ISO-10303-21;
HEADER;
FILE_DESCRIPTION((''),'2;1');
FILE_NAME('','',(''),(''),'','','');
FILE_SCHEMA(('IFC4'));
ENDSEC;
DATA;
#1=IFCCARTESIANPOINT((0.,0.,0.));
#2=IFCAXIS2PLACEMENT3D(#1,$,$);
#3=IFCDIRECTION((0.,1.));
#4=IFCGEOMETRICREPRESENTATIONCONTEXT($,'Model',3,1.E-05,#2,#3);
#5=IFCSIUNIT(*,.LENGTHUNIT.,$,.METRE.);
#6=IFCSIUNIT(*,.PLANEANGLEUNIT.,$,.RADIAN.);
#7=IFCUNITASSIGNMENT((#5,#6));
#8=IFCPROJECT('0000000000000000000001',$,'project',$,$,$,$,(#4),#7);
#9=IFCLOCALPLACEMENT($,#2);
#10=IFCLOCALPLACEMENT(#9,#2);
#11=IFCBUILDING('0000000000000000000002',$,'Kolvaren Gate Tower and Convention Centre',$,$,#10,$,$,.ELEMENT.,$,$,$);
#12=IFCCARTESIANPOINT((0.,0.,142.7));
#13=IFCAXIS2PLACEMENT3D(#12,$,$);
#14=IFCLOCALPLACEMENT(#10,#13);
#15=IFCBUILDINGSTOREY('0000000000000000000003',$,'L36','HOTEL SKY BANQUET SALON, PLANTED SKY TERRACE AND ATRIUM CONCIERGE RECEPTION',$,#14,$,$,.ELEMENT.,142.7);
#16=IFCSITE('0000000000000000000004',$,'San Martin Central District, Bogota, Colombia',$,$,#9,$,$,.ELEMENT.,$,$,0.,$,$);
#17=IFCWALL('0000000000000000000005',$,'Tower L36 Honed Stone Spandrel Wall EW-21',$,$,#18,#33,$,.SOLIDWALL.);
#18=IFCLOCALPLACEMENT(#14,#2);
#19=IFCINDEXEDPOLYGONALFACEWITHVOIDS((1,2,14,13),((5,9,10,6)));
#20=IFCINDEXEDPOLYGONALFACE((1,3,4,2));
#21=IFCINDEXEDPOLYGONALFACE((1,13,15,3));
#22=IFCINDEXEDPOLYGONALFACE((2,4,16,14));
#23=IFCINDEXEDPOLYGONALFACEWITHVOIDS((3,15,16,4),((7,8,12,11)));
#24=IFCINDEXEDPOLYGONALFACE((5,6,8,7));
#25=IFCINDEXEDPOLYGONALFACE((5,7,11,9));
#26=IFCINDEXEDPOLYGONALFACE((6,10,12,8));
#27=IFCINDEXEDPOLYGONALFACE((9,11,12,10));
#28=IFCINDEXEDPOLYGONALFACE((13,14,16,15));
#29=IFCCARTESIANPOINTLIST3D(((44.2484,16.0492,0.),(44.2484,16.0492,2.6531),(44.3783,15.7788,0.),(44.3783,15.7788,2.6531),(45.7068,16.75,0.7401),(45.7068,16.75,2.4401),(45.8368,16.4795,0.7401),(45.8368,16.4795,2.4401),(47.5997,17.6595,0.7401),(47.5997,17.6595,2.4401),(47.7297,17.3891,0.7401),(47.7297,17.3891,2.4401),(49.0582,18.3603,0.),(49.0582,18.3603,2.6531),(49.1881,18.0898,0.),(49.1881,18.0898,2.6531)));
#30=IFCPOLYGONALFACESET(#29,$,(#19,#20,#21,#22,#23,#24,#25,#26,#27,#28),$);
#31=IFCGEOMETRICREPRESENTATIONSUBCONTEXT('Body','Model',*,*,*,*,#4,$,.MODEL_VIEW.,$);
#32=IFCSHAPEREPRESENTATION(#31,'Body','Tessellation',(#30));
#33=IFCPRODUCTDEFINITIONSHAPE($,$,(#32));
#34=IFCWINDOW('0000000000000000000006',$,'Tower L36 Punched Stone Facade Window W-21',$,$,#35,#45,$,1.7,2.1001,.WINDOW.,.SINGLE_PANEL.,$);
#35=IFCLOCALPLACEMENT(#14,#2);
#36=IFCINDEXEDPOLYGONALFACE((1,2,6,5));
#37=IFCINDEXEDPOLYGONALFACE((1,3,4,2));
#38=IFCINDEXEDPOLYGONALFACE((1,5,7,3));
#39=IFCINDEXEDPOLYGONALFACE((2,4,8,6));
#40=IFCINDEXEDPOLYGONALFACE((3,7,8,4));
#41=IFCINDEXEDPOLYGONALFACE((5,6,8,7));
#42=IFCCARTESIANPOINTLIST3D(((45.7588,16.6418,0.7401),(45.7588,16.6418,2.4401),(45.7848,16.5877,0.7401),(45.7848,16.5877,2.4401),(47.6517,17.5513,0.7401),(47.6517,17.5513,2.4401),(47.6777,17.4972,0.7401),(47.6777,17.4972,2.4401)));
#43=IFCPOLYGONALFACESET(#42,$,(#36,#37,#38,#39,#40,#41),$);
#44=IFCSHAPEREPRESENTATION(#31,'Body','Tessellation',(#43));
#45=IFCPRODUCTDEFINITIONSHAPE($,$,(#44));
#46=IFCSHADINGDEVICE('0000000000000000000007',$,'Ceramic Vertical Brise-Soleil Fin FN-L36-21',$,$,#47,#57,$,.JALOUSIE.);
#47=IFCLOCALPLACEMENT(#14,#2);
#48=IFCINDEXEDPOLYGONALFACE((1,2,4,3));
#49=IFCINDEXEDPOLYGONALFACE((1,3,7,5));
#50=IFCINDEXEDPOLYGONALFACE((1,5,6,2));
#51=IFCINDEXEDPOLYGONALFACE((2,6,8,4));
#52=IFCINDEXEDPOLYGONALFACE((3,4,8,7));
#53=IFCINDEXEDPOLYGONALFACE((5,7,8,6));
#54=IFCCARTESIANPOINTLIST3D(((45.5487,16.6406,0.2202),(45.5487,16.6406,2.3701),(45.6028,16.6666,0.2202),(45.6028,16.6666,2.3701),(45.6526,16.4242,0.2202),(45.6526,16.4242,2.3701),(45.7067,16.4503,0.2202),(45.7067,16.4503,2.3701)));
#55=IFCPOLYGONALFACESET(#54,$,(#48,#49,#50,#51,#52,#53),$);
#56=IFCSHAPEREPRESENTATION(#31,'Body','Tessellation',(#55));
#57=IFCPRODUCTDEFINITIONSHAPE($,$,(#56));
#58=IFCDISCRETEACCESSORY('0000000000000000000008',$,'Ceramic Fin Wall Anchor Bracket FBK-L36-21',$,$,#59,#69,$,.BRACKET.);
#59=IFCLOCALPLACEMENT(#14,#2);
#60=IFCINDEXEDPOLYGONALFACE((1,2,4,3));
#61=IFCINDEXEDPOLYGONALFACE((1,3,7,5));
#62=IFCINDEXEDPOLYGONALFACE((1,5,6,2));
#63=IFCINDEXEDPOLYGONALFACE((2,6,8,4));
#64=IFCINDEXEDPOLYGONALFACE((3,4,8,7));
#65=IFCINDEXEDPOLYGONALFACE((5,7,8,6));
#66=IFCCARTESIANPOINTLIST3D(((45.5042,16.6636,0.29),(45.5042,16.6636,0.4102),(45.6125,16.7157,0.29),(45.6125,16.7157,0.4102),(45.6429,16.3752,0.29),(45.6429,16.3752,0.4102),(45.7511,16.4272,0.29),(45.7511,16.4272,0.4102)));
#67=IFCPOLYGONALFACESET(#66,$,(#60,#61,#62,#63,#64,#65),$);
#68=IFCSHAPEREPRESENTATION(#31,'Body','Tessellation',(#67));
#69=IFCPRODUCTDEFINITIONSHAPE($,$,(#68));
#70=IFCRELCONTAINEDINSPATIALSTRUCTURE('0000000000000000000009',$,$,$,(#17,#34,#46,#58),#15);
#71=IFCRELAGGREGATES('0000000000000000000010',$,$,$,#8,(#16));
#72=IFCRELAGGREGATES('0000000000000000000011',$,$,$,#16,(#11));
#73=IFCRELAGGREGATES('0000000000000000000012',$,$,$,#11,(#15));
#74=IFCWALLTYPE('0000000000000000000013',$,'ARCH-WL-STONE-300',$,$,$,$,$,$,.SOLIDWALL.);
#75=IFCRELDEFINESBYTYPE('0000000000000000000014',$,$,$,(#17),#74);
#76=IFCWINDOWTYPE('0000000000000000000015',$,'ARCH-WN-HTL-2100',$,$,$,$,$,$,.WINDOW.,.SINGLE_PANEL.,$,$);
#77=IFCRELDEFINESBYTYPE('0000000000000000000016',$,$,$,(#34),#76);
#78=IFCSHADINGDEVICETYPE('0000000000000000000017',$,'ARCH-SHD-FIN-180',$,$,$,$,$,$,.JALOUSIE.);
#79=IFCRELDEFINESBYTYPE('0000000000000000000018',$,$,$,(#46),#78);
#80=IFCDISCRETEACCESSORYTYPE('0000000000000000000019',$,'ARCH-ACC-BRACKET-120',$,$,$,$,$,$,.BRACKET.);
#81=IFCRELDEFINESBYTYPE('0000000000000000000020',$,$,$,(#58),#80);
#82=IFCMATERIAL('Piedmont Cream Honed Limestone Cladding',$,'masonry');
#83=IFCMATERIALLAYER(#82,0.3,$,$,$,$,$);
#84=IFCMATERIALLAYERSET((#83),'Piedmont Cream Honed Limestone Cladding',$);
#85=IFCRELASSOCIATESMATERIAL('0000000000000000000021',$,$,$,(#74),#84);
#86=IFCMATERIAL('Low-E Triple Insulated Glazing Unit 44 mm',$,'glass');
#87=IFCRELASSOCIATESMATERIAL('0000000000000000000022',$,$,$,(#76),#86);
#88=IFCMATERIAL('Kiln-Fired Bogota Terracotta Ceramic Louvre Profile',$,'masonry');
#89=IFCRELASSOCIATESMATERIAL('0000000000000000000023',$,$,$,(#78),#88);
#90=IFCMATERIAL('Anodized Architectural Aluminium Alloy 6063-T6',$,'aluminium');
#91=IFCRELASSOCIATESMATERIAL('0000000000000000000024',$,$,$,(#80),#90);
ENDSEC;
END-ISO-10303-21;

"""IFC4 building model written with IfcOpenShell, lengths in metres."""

from ifc_helpers import new_model, si_unit, direction, frame, frame_2d, origin, origin_2d, place, context, subcontext, project, spatial, rectangle, extrude, material, layer, layer_set, type_object, element, fill, save


model = new_model("IFC4")

# Units and contexts
model_context = context("Model", 3, precision=1e-05, world=origin(), true_north=direction((0.0, 1.0)))
body_context = subcontext(model_context, "Body", "Model", "MODEL_VIEW")
ifc_project = project(units=[si_unit("LENGTHUNIT", "METRE"), si_unit("PLANEANGLEUNIT", "RADIAN")], contexts=[model_context])

# Site, building, storey
site_placement = place(None, origin())
site = spatial("IfcSite", under=ifc_project, at=site_placement, Name="San Martin Central District, Bogota, Colombia", CompositionType="ELEMENT", RefElevation=0.0)
building_placement = place(site_placement, origin())
building = spatial("IfcBuilding", under=site, at=building_placement, Name="Kolvaren Gate Tower and Convention Centre", CompositionType="ELEMENT")
storey_placement = place(building_placement, frame((0.0, 0.0, 142.7)))
storey = spatial("IfcBuildingStorey", under=building, at=storey_placement, Name="L36", Description="HOTEL SKY BANQUET SALON, PLANTED SKY TERRACE AND ATRIUM CONCIERGE RECEPTION", CompositionType="ELEMENT", Elevation=142.7)

# Shared definitions
ifc_material_1 = material(Name="Piedmont Cream Honed Limestone Cladding", Category="masonry")

# Shared definitions
ifc_layer_1 = layer(ifc_material_1, 0.3)
ifc_layer_set_1 = layer_set([ifc_layer_1], Name="Piedmont Cream Honed Limestone Cladding")
wall_type_1 = type_object("IfcWallType", Name="ARCH-WL-STONE-300", PredefinedType="SOLIDWALL", material=ifc_layer_set_1)
ifc_material_2 = material(Name="Low-E Triple Insulated Glazing Unit 44 mm", Category="glass")
window_type = type_object("IfcWindowType", Name="ARCH-WN-HTL-2100", PartitioningType="SINGLE_PANEL", PredefinedType="WINDOW", material=ifc_material_2)

# Shared definitions
ifc_material_3 = material(Name="Anodized Architectural Aluminium Alloy 6063-T6", Category="aluminium")

# Wall, opening, window
wall_1_placement = place(storey_placement, frame((44.3135, 15.9141, 0.0), z_axis=(0.0, 0.0, 1.0), x_axis=(0.901353, 0.433085, 0.0)))
wall_1 = element("IfcWall", 1, at=wall_1_placement, inside=storey, type_object=wall_type_1, Name="Tower L36 Honed Stone Spandrel Wall EW-21", PredefinedType="SOLIDWALL", context=body_context, shape_type="SweptSolid", body=[
    extrude(rectangle(XDim=5.3362, YDim=0.3, at=frame_2d((2.668, 0.0))), origin(), (0.0, 0.0, 1.0), 2.6531),
])
opening_1_placement = place(wall_1_placement, frame((1.6179, 0.0, 0.74)))
opening_1 = element("IfcOpeningElement", 2, at=opening_1_placement, cuts=wall_1, PredefinedType="OPENING", context=body_context, shape_type="SweptSolid", body=[
    extrude(rectangle(XDim=2.1001, YDim=1.7, at=frame_2d((1.05, 0.8501))), frame((0.0, 0.1599, 0.0), z_axis=(0.0, -1.0, 0.0), x_axis=(1.0, 0.0, 0.0)), (0.0, 0.0, 1.0), 0.3201),
])
window_1_placement = place(opening_1_placement, origin())
window_1 = element("IfcWindow", 3, at=window_1_placement, inside=storey, type_object=window_type, Name="Tower L36 Punched Stone Facade Window W-21", OverallHeight=1.7, OverallWidth=2.1001, PartitioningType="SINGLE_PANEL", PredefinedType="WINDOW", context=body_context, shape_type="SweptSolid", body=[
    extrude(rectangle(XDim=2.1001, YDim=1.7, at=frame_2d((1.05, 0.8501))), frame((0.0, 0.03, 0.0), z_axis=(0.0, -1.0, 0.0), x_axis=(1.0, 0.0, 0.0)), (0.0, 0.0, 1.0), 0.0601),
])
fill(opening_1, window_1)

# Shading device
ifc_material_4 = material(Name="Kiln-Fired Bogota Terracotta Ceramic Louvre Profile", Category="masonry")
shading_device_type = type_object("IfcShadingDeviceType", Name="ARCH-SHD-FIN-180", PredefinedType="JALOUSIE", material=ifc_material_4)
shading_device_placement = place(storey_placement, frame((45.6277, 16.5454, 0.2202), z_axis=(0.0, 0.0, 1.0), x_axis=(0.901358, 0.433074, 0.0)))
element("IfcShadingDevice", 4, at=shading_device_placement, inside=storey, type_object=shading_device_type, Name="Ceramic Vertical Brise-Soleil Fin FN-L36-21", PredefinedType="JALOUSIE", context=body_context, shape_type="SweptSolid", body=[
    extrude(rectangle(XDim=0.0601, YDim=0.24, at=origin_2d()), origin(), (0.0, 0.0, 1.0), 2.1499),
])

# Discrete accessory
discrete_accessory_type = type_object("IfcDiscreteAccessoryType", Name="ARCH-ACC-BRACKET-120", PredefinedType="BRACKET", material=ifc_material_3)
discrete_accessory_placement = place(storey_placement, frame((45.6277, 16.5454, 0.29), z_axis=(0.0, 0.0, 1.0), x_axis=(0.901358, 0.433074, 0.0)))
element("IfcDiscreteAccessory", 5, at=discrete_accessory_placement, inside=storey, type_object=discrete_accessory_type, Name="Ceramic Fin Wall Anchor Bracket FBK-L36-21", PredefinedType="BRACKET", context=body_context, shape_type="SweptSolid", body=[
    extrude(rectangle(XDim=0.1201, YDim=0.3201, at=origin_2d()), origin(), (0.0, 0.0, 1.0), 0.1201),
])

save(model, "model.ifc")
